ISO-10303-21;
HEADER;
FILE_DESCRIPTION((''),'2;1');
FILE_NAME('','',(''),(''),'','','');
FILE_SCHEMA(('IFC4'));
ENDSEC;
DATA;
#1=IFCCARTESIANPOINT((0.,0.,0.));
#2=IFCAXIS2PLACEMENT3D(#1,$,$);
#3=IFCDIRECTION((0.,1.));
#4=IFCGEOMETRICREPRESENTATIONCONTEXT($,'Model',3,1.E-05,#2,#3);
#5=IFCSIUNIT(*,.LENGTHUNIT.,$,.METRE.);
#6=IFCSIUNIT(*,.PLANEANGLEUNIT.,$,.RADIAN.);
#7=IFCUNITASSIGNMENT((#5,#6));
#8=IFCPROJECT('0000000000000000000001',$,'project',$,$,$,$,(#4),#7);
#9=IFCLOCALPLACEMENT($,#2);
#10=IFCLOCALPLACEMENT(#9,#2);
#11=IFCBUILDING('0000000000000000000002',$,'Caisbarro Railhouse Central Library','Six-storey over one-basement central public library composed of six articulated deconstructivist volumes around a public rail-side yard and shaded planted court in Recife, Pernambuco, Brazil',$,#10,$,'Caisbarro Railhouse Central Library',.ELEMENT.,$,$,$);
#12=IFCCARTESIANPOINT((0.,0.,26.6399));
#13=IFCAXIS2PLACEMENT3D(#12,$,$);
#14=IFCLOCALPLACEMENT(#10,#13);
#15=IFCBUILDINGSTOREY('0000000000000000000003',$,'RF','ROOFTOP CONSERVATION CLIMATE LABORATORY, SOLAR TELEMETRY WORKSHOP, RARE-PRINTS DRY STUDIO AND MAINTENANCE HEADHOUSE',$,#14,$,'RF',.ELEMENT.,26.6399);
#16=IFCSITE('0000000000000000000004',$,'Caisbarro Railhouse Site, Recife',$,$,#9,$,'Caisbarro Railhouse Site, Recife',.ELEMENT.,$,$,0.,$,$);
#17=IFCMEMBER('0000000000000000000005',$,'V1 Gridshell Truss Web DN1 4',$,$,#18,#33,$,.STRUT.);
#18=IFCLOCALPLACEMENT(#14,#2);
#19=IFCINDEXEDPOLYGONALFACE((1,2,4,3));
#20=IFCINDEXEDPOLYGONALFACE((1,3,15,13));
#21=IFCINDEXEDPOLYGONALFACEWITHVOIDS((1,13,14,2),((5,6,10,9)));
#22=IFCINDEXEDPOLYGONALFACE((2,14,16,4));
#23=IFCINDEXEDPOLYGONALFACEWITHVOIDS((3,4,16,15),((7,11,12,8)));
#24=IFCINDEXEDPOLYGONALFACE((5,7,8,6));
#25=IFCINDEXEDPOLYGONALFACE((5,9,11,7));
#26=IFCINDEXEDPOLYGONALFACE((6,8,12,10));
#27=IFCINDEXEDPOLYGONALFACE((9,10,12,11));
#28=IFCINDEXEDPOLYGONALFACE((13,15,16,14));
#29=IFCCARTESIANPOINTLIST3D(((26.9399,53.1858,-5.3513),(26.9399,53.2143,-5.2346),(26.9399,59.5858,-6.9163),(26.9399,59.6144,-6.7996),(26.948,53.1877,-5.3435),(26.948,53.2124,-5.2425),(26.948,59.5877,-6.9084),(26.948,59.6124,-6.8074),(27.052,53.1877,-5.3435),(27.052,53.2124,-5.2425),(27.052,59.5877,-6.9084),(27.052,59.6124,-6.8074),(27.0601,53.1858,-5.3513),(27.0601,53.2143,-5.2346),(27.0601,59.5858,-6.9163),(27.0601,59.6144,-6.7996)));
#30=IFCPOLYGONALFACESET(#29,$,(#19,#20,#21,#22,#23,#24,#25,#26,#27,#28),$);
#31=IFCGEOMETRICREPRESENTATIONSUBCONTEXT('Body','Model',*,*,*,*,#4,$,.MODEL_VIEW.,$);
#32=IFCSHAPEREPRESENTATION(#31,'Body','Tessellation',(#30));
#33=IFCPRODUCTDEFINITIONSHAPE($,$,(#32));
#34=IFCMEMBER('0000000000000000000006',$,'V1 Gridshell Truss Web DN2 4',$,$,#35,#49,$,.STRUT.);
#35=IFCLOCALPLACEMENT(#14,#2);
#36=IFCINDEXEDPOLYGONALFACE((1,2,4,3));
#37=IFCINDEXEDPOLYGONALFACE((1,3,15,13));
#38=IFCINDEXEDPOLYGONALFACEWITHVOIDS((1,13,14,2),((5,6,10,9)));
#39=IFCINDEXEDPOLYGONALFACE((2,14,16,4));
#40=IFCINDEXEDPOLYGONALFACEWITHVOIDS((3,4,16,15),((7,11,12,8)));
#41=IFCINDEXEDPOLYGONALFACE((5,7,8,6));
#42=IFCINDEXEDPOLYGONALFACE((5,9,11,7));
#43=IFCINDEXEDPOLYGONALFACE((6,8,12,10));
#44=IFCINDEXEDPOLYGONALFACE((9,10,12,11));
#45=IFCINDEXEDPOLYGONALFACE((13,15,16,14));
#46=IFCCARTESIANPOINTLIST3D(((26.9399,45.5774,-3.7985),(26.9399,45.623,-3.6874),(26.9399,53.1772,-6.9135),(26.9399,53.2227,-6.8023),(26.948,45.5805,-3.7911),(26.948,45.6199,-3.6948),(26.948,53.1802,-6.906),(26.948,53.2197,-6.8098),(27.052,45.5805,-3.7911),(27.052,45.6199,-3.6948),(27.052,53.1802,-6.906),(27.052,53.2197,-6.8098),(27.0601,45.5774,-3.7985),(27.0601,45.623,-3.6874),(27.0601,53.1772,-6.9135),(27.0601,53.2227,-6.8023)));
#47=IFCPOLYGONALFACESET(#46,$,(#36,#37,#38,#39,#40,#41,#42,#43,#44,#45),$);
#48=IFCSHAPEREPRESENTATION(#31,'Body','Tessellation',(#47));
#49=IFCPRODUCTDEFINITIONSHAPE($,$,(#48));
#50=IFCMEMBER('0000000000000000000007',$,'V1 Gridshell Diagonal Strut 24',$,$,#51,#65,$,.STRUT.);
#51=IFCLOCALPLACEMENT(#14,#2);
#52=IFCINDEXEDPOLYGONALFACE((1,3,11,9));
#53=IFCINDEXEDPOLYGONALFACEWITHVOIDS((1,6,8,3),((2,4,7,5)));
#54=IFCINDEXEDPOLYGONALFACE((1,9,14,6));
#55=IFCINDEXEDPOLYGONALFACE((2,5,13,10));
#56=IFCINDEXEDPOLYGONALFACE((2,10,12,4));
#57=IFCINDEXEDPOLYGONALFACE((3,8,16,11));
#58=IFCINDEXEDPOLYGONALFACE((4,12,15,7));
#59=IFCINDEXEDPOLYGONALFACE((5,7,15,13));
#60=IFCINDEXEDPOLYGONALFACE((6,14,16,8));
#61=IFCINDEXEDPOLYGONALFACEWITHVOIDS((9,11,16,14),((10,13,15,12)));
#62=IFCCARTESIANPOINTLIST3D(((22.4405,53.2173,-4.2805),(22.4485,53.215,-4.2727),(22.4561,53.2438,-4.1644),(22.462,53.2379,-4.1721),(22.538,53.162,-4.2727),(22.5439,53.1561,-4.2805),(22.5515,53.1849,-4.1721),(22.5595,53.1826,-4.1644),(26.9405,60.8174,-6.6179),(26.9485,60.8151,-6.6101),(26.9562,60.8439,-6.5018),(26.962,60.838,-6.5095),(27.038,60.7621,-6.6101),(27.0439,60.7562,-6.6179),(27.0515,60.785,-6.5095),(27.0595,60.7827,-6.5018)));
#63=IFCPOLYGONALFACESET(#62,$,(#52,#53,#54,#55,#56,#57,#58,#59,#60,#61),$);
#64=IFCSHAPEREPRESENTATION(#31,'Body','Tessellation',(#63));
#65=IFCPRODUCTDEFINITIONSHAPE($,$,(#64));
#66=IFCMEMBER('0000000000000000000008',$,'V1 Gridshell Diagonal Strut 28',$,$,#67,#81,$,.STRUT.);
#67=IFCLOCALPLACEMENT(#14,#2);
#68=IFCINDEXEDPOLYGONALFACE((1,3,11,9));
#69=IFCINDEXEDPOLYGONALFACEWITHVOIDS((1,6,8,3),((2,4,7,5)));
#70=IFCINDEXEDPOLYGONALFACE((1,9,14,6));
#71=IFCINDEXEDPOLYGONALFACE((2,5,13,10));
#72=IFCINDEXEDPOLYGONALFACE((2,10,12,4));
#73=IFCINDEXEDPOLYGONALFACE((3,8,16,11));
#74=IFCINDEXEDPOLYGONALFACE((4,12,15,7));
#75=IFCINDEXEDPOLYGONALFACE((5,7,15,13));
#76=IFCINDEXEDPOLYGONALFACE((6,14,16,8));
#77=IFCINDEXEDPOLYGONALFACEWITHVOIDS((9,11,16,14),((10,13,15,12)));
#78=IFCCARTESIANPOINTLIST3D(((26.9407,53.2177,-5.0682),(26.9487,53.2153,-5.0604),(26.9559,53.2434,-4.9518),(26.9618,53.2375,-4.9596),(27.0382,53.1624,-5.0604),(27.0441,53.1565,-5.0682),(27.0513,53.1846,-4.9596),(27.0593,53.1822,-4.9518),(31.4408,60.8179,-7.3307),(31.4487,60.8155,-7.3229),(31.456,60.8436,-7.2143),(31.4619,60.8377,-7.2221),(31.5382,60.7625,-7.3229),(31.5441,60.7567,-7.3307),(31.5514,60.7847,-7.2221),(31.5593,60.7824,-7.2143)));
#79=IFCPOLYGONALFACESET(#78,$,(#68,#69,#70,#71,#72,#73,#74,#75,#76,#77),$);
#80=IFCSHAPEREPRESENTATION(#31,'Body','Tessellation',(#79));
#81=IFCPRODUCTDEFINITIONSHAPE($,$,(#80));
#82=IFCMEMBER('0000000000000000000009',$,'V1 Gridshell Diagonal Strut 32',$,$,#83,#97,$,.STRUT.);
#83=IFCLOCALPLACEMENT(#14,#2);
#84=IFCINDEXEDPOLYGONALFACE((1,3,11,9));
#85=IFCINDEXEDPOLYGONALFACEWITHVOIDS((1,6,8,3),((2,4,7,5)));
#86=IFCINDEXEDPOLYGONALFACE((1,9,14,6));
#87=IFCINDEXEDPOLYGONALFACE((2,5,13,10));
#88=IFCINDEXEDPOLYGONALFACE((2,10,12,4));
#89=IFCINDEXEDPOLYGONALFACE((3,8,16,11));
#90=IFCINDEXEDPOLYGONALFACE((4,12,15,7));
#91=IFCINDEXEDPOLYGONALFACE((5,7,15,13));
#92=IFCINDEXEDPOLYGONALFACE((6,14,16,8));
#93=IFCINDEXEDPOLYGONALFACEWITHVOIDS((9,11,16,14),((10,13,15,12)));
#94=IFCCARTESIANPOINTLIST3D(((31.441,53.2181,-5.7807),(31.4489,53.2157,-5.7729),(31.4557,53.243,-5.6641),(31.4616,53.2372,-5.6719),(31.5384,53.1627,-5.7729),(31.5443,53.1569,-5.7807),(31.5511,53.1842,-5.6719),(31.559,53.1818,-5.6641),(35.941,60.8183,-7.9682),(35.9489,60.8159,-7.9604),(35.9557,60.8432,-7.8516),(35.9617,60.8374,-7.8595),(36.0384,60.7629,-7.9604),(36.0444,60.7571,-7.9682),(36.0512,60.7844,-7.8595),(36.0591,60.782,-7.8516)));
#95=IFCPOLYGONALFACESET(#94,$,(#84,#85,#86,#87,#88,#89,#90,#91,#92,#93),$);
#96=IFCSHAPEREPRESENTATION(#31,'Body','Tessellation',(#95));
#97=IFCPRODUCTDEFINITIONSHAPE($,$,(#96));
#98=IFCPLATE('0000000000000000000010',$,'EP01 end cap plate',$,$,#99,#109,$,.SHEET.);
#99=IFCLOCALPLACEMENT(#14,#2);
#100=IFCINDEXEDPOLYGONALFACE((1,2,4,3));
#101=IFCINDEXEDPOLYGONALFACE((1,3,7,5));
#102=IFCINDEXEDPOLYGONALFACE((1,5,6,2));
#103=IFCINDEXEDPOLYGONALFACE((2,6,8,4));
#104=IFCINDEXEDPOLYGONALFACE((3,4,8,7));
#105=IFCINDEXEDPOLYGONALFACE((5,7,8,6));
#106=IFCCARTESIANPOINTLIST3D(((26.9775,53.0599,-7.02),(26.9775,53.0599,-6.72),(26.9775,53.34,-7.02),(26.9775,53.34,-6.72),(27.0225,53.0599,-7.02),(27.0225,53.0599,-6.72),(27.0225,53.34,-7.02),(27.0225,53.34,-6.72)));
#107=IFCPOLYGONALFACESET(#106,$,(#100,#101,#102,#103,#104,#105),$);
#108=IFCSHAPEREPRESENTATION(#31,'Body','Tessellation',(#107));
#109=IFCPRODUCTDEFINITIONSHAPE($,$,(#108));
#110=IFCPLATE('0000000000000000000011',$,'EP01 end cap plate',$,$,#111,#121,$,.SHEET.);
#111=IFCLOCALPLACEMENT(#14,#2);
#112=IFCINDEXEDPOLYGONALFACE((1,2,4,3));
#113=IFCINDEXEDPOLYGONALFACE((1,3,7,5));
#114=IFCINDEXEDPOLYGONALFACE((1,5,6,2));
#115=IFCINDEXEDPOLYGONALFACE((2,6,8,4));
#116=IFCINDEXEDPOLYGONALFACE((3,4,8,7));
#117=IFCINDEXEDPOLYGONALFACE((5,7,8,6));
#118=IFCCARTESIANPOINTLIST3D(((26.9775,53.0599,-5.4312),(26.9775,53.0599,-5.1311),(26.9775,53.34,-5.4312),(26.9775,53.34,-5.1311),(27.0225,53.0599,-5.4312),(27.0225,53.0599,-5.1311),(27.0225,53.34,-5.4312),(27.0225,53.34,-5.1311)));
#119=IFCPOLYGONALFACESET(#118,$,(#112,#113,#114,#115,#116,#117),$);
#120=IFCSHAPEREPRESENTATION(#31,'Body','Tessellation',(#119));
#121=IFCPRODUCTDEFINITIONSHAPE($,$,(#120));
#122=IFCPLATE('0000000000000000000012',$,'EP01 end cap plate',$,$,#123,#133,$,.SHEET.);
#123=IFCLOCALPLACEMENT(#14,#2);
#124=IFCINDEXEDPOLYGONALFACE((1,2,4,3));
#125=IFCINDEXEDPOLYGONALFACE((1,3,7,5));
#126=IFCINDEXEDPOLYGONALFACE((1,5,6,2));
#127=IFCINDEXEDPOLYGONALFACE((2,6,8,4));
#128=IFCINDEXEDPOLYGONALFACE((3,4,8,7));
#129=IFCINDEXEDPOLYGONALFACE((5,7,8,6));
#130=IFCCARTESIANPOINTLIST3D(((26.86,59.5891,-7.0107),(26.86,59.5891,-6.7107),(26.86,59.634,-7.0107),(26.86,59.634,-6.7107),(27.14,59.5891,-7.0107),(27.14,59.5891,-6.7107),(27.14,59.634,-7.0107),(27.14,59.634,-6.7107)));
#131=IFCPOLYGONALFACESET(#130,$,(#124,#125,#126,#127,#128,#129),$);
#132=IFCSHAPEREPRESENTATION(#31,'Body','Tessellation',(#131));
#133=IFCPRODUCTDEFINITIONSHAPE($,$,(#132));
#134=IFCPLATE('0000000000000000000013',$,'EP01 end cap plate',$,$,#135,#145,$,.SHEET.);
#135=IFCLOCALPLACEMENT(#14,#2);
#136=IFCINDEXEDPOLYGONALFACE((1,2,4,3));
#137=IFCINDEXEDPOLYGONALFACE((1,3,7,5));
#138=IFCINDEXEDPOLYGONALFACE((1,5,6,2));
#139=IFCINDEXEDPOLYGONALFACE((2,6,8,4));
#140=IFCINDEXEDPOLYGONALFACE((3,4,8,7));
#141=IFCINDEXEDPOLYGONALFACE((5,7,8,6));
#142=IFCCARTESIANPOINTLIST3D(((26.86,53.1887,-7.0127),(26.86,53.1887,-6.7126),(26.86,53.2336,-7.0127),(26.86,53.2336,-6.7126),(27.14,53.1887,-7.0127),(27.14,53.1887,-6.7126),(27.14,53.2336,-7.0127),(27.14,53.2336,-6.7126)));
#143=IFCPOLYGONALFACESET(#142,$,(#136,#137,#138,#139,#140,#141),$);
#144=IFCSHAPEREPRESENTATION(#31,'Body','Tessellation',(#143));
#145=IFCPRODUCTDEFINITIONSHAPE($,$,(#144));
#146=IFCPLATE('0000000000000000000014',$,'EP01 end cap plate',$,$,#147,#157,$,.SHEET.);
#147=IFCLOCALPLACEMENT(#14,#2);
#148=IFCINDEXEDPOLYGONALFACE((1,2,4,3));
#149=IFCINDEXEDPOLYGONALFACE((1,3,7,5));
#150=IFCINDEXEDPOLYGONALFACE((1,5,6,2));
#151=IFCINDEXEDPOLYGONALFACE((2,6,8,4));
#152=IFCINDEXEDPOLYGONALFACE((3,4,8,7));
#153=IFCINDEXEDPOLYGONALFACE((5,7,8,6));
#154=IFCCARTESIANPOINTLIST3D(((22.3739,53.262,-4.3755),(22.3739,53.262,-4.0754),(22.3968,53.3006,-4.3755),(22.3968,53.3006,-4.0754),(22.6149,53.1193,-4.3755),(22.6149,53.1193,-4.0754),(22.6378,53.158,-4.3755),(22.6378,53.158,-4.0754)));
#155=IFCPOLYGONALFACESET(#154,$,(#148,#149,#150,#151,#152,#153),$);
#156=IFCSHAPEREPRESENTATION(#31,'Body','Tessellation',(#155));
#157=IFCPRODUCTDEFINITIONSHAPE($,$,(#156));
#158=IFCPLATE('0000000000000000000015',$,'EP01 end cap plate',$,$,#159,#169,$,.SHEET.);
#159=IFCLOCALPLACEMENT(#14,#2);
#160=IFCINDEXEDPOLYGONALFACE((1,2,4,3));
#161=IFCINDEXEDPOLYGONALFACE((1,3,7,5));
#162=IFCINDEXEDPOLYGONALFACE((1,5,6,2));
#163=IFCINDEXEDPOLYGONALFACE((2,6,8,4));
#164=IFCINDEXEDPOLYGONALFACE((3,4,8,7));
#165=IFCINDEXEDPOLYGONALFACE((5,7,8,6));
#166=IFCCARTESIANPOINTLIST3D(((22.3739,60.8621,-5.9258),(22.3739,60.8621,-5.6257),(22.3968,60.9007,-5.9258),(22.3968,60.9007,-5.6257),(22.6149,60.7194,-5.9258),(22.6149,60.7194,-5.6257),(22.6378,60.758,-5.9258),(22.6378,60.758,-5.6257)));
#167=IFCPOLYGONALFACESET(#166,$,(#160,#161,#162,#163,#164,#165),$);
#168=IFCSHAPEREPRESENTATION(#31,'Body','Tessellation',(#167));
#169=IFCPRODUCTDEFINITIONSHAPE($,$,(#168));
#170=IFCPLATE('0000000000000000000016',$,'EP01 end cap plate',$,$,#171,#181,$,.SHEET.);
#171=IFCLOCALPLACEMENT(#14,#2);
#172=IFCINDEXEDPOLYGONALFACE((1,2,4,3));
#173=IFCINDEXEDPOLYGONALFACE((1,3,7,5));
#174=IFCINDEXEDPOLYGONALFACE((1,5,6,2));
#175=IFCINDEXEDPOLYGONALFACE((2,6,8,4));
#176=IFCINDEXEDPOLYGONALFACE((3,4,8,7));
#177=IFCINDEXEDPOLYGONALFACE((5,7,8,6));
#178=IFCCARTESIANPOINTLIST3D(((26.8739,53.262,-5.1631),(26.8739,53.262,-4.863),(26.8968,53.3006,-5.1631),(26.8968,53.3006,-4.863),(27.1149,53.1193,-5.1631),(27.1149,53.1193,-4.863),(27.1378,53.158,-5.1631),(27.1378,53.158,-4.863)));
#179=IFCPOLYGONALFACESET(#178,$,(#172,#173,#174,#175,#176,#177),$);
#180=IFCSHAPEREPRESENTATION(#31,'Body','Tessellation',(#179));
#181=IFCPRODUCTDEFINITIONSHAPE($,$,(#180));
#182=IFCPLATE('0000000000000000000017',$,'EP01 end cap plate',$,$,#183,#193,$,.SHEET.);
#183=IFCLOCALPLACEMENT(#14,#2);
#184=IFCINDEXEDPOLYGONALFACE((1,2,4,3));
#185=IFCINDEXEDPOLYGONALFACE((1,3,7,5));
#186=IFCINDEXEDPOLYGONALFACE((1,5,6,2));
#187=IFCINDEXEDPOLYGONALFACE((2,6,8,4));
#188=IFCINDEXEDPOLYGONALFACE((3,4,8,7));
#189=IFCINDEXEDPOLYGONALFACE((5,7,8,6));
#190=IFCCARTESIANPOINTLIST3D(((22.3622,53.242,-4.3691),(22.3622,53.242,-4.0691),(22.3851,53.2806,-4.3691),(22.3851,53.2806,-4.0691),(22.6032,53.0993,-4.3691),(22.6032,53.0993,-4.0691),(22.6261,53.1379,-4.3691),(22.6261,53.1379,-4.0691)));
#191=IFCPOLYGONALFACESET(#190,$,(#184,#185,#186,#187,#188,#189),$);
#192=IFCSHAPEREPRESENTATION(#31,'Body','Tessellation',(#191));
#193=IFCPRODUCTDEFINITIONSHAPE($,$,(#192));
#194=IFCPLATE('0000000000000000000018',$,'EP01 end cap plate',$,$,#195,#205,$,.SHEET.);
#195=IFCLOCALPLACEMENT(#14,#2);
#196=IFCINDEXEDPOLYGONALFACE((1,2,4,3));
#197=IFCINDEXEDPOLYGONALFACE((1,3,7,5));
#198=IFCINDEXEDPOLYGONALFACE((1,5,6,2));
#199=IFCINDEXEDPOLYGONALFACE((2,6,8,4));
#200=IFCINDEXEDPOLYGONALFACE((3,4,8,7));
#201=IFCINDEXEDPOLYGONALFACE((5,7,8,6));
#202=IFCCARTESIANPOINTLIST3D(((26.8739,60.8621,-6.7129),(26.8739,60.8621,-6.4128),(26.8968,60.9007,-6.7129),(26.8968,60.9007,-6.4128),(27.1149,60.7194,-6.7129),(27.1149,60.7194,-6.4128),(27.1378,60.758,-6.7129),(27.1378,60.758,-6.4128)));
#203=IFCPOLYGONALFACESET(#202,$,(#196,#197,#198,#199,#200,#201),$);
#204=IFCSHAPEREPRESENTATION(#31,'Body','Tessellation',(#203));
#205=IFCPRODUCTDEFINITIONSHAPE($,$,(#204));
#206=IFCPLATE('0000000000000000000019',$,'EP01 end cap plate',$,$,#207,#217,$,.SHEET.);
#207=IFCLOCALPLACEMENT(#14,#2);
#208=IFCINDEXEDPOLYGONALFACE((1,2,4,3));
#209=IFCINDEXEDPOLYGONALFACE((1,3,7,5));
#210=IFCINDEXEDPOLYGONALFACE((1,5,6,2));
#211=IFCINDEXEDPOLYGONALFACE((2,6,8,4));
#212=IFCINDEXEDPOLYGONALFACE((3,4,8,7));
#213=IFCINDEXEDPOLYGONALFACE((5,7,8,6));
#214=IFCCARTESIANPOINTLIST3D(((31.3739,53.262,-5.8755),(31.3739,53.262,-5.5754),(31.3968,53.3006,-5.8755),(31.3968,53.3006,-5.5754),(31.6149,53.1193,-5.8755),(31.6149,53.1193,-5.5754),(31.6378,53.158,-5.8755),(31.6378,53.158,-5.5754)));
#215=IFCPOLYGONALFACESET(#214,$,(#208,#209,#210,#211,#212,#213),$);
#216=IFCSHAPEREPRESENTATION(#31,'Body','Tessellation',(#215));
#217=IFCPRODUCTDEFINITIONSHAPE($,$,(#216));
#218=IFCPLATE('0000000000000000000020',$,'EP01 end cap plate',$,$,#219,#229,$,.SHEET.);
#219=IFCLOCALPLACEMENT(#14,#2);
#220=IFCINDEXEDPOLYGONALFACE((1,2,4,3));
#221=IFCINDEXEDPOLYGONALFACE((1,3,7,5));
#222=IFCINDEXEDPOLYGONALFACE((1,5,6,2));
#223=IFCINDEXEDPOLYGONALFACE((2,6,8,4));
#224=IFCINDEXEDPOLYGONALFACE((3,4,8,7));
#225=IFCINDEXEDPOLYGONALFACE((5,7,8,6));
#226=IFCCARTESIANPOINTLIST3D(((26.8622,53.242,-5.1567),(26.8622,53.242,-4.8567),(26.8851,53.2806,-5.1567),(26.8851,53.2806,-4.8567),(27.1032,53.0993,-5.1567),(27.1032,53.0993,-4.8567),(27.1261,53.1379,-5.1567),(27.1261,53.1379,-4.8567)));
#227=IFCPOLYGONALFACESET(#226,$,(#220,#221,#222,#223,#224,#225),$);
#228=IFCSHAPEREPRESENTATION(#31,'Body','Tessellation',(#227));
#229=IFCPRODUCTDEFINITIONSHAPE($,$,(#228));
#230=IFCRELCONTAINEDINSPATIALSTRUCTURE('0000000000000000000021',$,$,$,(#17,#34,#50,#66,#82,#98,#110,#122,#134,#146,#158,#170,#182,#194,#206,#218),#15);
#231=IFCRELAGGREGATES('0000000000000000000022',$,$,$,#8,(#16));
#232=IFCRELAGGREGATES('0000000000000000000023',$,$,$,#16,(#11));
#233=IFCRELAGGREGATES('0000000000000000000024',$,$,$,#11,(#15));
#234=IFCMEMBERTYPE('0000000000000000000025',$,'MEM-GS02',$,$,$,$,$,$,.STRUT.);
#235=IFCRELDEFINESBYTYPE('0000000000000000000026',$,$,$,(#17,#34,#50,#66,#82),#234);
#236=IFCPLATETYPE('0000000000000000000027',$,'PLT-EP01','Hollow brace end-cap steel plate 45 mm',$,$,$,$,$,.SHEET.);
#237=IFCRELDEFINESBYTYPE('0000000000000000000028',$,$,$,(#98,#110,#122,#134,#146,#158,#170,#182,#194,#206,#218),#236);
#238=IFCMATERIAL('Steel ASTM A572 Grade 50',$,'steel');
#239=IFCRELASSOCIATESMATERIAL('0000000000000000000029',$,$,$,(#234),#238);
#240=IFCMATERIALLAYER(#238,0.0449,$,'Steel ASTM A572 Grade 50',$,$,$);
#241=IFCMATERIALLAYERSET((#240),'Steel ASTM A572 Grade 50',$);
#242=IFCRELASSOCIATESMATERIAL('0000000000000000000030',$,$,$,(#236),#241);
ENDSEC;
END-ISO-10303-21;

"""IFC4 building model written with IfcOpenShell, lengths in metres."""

from ifc_helpers import new_model, si_unit, direction, frame, origin, origin_2d, place, context, subcontext, project, spatial, rectangle, hollow_rectangle, extrude, material, layer, layer_set, material_profile, profile_set, type_object, element, save


model = new_model("IFC4")

# Units and contexts
model_context = context("Model", 3, precision=1e-05, world=origin(), true_north=direction((0.0, 1.0)))
body_context = subcontext(model_context, "Body", "Model", "MODEL_VIEW")
ifc_project = project(units=[si_unit("LENGTHUNIT", "METRE"), si_unit("PLANEANGLEUNIT", "RADIAN")], contexts=[model_context])

# Site, building, storey
site_placement = place(None, origin())
site = spatial("IfcSite", under=ifc_project, at=site_placement, Name="Caisbarro Railhouse Site, Recife", LongName="Caisbarro Railhouse Site, Recife", CompositionType="ELEMENT", RefElevation=0.0)
building_placement = place(site_placement, origin())
building = spatial("IfcBuilding", under=site, at=building_placement, Name="Caisbarro Railhouse Central Library", Description="Six-storey over one-basement central public library composed of six articulated deconstructivist volumes around a public rail-side yard and shaded planted court in Recife, Pernambuco, Brazil", LongName="Caisbarro Railhouse Central Library", CompositionType="ELEMENT")
storey_placement = place(building_placement, frame((0.0, 0.0, 26.6399)))
storey = spatial("IfcBuildingStorey", under=building, at=storey_placement, Name="RF", Description="ROOFTOP CONSERVATION CLIMATE LABORATORY, SOLAR TELEMETRY WORKSHOP, RARE-PRINTS DRY STUDIO AND MAINTENANCE HEADHOUSE", LongName="RF", CompositionType="ELEMENT", Elevation=26.6399)

# Shared definitions
ifc_material = material(Name="Steel ASTM A572 Grade 50", Category="steel")

# Members
ifc_material_profile_1 = material_profile(ifc_material, hollow_rectangle(XDim=0.1201, YDim=0.1201, WallThickness=0.0081, at=origin_2d()), Name="HSS120X120X8")
ifc_profile_set_1 = profile_set([ifc_material_profile_1], Name="Steel ASTM A572 Grade 50")
member_type_1 = type_object("IfcMemberType", Name="MEM-GS02", PredefinedType="STRUT", material=ifc_profile_set_1)
member_1_placement = place(storey_placement, frame((27.0, 59.6001, -6.8579), z_axis=(0.0, -0.971383, 0.237519), x_axis=(1.0, 0.0, 0.0)))
element("IfcMember", 1, at=member_1_placement, inside=storey, type_object=member_type_1, Name="V1 Gridshell Truss Web DN1 4", PredefinedType="STRUT", context=body_context, shape_type="SweptSolid", body=[
    extrude(hollow_rectangle(XDim=0.1201, YDim=0.1201, WallThickness=0.0081, at=origin_2d()), origin(), (0.0, 0.0, 1.0), 6.5886),
])
member_2_placement = place(storey_placement, frame((27.0, 53.2, -6.8579), z_axis=(0.0, -0.925292, 0.379254), x_axis=(1.0, 0.0, 0.0)))
element("IfcMember", 2, at=member_2_placement, inside=storey, type_object=member_type_1, Name="V1 Gridshell Truss Web DN2 4", PredefinedType="STRUT", context=body_context, shape_type="SweptSolid", body=[
    extrude(hollow_rectangle(XDim=0.1201, YDim=0.1201, WallThickness=0.0081, at=origin_2d()), origin(), (0.0, 0.0, 1.0), 8.2134),
])
member_3_placement = place(storey_placement, frame((22.5, 53.2, -4.2224), z_axis=(0.492532, 0.831843, -0.255832), x_axis=(-0.860478, 0.509487, 0.0)))
element("IfcMember", 3, at=member_3_placement, inside=storey, type_object=member_type_1, Name="V1 Gridshell Diagonal Strut 24", PredefinedType="STRUT", context=body_context, shape_type="SweptSolid", body=[
    extrude(hollow_rectangle(XDim=0.1201, YDim=0.1201, WallThickness=0.0081, at=origin_2d()), origin(), (0.0, 0.0, 1.0), 9.1365),
])
member_4_placement = place(storey_placement, frame((27.0, 53.2, -5.01), z_axis=(0.493552, 0.833566, -0.248142), x_axis=(-0.860478, 0.509487, 0.0)))
element("IfcMember", 4, at=member_4_placement, inside=storey, type_object=member_type_1, Name="V1 Gridshell Diagonal Strut 28", PredefinedType="STRUT", context=body_context, shape_type="SweptSolid", body=[
    extrude(hollow_rectangle(XDim=0.1201, YDim=0.1201, WallThickness=0.0081, at=origin_2d()), origin(), (0.0, 0.0, 1.0), 9.1177),
])
member_5_placement = place(storey_placement, frame((31.5, 53.2, -5.7224), z_axis=(0.494545, 0.835243, -0.240404), x_axis=(-0.860478, 0.509487, 0.0)))
element("IfcMember", 5, at=member_5_placement, inside=storey, type_object=member_type_1, Name="V1 Gridshell Diagonal Strut 32", PredefinedType="STRUT", context=body_context, shape_type="SweptSolid", body=[
    extrude(hollow_rectangle(XDim=0.1201, YDim=0.1201, WallThickness=0.0081, at=origin_2d()), origin(), (0.0, 0.0, 1.0), 9.0994),
])

# Plates
ifc_layer = layer(ifc_material, 0.0449, Name="Steel ASTM A572 Grade 50")
ifc_layer_set = layer_set([ifc_layer], Name="Steel ASTM A572 Grade 50")
plate_type = type_object("IfcPlateType", Name="PLT-EP01", Description="Hollow brace end-cap steel plate 45 mm", PredefinedType="SHEET", material=ifc_layer_set)
for number, where, z_axis, x_axis, name in (
    (6, (27.0, 53.2, -7.02), (0.0, 0.0, 1.0), (1.0, 0.0, 0.0), "EP01 end cap plate"),
    (7, (27.0, 53.2, -5.4312), (0.0, 0.0, 1.0), (1.0, 0.0, 0.0), "EP01 end cap plate"),
    (8, (27.0, 59.6116, -7.0107), (0.0, 0.0, 1.0), (0.0, -1.0, 0.0), "EP01 end cap plate"),
    (9, (27.0, 53.2112, -7.0127), (0.0, 0.0, 1.0), (0.0, -1.0, 0.0), "EP01 end cap plate"),
    (10, (22.5059, 53.21, -4.3755), (0.0, 0.0, 1.0), (0.509492, 0.860475, 0.0), "EP01 end cap plate"),
    (11, (22.5059, 60.8101, -5.9258), (0.0, 0.0, 1.0), (0.509492, 0.860475, 0.0), "EP01 end cap plate"),
    (12, (27.0059, 53.21, -5.1631), (0.0, 0.0, 1.0), (0.509492, 0.860475, 0.0), "EP01 end cap plate"),
    (13, (22.4941, 53.1899, -4.3691), (0.0, 0.0, 1.0), (0.509492, 0.860475, 0.0), "EP01 end cap plate"),
    (14, (27.0059, 60.8101, -6.7129), (0.0, 0.0, 1.0), (0.509492, 0.860475, 0.0), "EP01 end cap plate"),
    (15, (31.5059, 53.21, -5.8755), (0.0, 0.0, 1.0), (0.509492, 0.860475, 0.0), "EP01 end cap plate"),
    (16, (26.9941, 53.1899, -5.1567), (0.0, 0.0, 1.0), (0.509492, 0.860475, 0.0), "EP01 end cap plate"),
):
    element("IfcPlate", number, at=place(storey_placement, frame(where, z_axis=z_axis, x_axis=x_axis)), inside=storey, type_object=plate_type, Name=name, PredefinedType="SHEET", context=body_context, shape_type="SweptSolid", body=[
        extrude(rectangle(XDim=0.0449, YDim=0.28, at=origin_2d()), origin(), (0.0, 0.0, 1.0), 0.3),
    ])

save(model, "model.ifc")
